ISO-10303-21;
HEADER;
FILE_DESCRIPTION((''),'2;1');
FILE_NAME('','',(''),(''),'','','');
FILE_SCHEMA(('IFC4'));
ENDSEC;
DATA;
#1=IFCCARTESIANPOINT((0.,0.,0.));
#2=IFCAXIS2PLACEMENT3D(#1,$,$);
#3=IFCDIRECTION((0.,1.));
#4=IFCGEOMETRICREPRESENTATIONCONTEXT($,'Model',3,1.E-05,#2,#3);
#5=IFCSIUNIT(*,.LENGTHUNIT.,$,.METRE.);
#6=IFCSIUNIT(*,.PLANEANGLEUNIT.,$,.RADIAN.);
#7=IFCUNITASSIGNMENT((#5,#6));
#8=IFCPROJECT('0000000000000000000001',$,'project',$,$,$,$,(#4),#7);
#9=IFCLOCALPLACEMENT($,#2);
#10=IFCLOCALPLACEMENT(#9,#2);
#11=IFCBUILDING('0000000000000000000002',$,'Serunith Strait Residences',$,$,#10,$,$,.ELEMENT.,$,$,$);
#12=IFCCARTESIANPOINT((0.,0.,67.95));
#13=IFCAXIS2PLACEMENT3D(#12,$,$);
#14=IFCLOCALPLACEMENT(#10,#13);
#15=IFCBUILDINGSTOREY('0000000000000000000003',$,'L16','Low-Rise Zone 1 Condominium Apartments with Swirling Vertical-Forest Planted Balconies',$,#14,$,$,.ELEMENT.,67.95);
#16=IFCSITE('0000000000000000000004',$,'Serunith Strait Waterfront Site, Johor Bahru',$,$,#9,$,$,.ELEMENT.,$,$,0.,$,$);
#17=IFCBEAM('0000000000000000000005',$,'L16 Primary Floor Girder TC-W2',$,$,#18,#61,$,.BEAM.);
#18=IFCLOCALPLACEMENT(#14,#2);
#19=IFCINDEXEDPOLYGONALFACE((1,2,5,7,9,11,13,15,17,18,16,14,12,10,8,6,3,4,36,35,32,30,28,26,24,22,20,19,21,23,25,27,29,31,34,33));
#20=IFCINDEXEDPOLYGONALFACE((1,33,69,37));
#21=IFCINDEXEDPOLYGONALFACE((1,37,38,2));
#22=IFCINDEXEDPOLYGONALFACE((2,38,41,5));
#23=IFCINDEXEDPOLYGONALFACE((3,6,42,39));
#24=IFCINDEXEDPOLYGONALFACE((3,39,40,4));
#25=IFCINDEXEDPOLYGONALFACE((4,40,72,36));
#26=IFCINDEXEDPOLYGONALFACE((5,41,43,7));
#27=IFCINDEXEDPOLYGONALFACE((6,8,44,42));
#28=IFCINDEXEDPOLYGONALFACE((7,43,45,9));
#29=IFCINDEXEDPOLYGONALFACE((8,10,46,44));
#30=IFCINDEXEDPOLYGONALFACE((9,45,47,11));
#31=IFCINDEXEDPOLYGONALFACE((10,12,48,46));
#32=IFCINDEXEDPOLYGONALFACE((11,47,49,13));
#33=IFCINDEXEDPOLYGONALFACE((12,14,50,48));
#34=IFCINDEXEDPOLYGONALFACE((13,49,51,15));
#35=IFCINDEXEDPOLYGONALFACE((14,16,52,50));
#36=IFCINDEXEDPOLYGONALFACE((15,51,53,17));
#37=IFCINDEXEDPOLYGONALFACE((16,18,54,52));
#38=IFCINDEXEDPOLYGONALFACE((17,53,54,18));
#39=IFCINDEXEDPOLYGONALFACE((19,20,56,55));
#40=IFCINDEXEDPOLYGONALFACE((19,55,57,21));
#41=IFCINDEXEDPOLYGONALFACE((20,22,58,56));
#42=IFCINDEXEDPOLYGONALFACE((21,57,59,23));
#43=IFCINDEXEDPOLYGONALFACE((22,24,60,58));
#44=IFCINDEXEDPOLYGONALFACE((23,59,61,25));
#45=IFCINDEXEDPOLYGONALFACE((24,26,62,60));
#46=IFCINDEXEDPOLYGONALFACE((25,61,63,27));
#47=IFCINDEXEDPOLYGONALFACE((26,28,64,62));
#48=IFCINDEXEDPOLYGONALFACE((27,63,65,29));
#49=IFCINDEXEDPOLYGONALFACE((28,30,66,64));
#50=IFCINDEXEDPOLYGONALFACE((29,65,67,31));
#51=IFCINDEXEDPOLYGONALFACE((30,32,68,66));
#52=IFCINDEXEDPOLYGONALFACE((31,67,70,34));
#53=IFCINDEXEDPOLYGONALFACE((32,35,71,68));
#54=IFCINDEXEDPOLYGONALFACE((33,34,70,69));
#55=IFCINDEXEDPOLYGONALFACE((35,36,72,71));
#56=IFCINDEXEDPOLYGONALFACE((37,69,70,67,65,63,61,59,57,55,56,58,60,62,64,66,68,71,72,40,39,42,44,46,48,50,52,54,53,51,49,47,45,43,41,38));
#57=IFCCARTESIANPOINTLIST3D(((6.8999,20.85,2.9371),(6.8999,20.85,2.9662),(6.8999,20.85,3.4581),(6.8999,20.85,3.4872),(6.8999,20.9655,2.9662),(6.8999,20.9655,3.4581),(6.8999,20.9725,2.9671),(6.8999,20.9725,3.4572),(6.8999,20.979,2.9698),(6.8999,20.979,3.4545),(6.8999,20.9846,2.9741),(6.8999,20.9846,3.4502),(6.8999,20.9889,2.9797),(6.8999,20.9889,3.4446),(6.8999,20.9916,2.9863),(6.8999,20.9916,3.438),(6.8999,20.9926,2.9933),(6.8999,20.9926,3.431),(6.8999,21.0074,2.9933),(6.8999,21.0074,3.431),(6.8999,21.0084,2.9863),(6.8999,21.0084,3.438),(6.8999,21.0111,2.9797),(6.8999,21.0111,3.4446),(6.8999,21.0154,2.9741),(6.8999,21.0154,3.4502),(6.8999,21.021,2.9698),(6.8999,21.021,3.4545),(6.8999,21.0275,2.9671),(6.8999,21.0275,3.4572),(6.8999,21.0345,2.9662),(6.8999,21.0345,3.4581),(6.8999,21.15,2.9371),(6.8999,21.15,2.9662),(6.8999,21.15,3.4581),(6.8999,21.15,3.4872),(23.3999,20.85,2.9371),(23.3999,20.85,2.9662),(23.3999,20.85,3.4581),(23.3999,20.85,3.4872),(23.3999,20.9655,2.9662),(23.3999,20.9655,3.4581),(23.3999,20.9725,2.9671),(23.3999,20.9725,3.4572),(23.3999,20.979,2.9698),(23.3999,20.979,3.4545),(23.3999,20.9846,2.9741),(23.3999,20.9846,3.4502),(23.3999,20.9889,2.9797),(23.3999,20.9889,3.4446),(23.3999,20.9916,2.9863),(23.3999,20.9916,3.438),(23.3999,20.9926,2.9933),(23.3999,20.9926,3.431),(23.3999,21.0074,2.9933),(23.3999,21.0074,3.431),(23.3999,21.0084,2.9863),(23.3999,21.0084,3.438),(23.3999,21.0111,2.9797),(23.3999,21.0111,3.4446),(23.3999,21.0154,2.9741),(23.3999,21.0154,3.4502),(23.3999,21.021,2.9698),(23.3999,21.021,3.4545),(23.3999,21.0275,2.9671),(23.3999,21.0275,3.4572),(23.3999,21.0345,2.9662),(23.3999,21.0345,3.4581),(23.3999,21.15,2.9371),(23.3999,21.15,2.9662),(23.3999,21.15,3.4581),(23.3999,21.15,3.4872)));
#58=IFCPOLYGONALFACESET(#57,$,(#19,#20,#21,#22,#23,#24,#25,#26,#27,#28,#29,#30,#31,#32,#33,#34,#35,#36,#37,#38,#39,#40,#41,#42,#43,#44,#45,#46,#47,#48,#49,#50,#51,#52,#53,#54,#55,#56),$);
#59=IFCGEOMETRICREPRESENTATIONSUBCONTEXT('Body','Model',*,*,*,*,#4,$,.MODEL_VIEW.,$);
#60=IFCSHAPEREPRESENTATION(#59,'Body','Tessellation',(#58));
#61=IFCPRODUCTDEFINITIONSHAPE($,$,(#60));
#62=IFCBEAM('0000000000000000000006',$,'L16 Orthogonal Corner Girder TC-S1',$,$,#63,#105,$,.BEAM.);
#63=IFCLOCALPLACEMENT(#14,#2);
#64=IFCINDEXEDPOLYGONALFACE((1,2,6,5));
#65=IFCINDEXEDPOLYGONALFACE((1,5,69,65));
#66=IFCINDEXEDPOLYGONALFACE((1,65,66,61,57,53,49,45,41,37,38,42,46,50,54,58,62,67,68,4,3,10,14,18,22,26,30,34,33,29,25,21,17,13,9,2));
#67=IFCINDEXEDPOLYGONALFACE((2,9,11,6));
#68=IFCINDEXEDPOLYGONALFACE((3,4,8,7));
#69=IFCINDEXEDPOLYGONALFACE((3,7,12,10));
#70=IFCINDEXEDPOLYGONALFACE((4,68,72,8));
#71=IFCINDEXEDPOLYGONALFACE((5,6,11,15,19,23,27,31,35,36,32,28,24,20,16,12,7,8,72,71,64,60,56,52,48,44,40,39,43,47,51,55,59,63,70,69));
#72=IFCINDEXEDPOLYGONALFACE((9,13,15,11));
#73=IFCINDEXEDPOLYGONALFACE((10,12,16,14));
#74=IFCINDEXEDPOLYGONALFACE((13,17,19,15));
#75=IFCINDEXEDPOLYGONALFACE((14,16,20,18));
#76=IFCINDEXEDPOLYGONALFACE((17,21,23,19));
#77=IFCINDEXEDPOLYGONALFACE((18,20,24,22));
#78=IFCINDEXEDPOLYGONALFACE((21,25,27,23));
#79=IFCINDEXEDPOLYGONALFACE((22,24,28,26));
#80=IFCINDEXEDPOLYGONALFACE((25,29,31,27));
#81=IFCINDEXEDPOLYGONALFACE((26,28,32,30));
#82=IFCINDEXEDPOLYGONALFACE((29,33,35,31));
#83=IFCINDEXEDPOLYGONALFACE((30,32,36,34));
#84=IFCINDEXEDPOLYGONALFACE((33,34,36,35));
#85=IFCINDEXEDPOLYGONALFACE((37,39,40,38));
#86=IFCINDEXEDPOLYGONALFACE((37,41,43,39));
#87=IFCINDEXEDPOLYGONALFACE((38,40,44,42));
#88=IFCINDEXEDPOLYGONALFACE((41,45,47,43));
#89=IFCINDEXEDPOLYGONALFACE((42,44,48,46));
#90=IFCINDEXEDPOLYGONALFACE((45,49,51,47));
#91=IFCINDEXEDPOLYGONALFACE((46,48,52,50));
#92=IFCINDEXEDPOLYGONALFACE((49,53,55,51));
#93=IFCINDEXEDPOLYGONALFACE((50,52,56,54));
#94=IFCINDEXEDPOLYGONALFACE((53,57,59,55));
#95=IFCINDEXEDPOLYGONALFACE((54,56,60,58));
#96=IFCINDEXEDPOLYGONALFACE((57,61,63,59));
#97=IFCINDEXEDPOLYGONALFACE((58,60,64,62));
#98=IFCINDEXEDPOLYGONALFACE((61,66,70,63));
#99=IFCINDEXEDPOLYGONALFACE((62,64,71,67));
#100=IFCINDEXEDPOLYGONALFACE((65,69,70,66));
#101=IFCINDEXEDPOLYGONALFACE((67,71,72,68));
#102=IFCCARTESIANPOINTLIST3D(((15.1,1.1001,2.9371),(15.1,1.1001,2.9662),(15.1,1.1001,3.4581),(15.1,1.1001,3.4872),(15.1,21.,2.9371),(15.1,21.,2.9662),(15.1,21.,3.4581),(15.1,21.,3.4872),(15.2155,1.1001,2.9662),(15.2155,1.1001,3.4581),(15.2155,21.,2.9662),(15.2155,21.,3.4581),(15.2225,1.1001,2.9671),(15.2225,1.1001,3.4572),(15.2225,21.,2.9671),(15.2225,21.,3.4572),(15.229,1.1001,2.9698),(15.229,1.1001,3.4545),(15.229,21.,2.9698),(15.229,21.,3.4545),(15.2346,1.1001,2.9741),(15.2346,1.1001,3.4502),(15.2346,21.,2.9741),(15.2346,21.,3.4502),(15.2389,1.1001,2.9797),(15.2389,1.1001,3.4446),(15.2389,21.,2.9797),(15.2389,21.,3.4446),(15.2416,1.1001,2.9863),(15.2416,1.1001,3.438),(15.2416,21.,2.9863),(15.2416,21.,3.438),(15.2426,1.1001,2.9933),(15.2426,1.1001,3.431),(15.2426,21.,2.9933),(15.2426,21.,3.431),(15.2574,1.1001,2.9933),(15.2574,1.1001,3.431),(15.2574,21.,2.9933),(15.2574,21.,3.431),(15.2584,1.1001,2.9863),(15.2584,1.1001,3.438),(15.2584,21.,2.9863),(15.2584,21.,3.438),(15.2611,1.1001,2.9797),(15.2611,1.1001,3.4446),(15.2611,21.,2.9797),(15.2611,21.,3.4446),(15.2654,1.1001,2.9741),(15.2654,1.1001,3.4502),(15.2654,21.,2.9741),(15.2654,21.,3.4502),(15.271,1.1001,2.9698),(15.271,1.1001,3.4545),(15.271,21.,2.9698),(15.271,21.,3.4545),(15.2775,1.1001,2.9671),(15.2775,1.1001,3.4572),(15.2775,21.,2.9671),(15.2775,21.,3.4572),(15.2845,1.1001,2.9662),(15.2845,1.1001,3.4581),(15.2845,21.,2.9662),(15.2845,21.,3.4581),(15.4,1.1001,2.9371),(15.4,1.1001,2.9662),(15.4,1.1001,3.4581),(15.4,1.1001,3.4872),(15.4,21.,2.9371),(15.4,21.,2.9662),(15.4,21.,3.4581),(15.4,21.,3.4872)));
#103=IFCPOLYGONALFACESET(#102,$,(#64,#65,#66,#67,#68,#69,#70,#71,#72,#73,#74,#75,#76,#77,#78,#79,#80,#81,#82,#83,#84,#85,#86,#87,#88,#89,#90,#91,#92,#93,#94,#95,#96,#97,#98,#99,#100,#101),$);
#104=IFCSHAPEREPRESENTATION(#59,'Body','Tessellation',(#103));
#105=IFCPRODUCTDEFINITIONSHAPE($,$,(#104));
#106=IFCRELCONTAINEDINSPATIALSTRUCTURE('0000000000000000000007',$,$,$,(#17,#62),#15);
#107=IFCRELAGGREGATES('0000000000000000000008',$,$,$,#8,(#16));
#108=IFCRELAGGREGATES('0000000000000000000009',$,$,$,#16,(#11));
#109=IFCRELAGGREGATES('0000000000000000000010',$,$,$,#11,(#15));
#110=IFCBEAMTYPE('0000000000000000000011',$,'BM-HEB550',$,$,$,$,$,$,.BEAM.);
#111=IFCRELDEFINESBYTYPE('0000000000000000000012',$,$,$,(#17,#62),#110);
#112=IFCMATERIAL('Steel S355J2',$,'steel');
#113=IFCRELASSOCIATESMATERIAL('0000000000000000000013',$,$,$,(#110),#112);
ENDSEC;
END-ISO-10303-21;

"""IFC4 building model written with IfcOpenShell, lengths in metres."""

from ifc_helpers import new_model, si_unit, direction, frame, origin, origin_2d, place, context, subcontext, project, spatial, i_section, extrude, source, transform, mapped, material, material_profile, profile_set, type_object, element, save


model = new_model("IFC4")

# Units and contexts
model_context = context("Model", 3, precision=1e-05, world=origin(), true_north=direction((0.0, 1.0)))
body_context = subcontext(model_context, "Body", "Model", "MODEL_VIEW")
ifc_project = project(units=[si_unit("LENGTHUNIT", "METRE"), si_unit("PLANEANGLEUNIT", "RADIAN")], contexts=[model_context])

# Site, building, storey
site_placement = place(None, origin())
site = spatial("IfcSite", under=ifc_project, at=site_placement, Name="Serunith Strait Waterfront Site, Johor Bahru", CompositionType="ELEMENT", RefElevation=0.0)
building_placement = place(site_placement, origin())
building = spatial("IfcBuilding", under=site, at=building_placement, Name="Serunith Strait Residences", CompositionType="ELEMENT")
storey_placement = place(building_placement, frame((0.0, 0.0, 67.95)))
storey = spatial("IfcBuildingStorey", under=building, at=storey_placement, Name="L16", Description="Low-Rise Zone 1 Condominium Apartments with Swirling Vertical-Forest Planted Balconies", CompositionType="ELEMENT", Elevation=67.95)

# Beams
ifc_material_1 = material(Name="Steel S355J2", Category="steel")
ifc_material_profile = material_profile(ifc_material_1, i_section(OverallWidth=0.3, OverallDepth=0.55, WebThickness=0.0149, FlangeThickness=0.0291, FilletRadius=0.0271, at=origin_2d()), Name="HEB 550")
ifc_profile_set = profile_set([ifc_material_profile], Name="Steel S355J2")
beam_type = type_object("IfcBeamType", Name="BM-HEB550", PredefinedType="BEAM", material=ifc_profile_set)
shared_shape_1 = source(origin(), body_context, "Body", "SweptSolid", [
    extrude(i_section(OverallWidth=0.3, OverallDepth=0.55, WebThickness=0.0149, FlangeThickness=0.0291, FilletRadius=0.0271, at=origin_2d()), origin(), (0.0, 0.0, 1.0), 16.5),
])
beam_1_placement = place(storey_placement, frame((23.3999, 21.0, 3.2122), z_axis=(-1.0, 0.0, 0.0), x_axis=(0.0, -1.0, 0.0)))
element("IfcBeam", 1, at=beam_1_placement, inside=storey, type_object=beam_type, Name="L16 Primary Floor Girder TC-W2", PredefinedType="BEAM", context=body_context, shape_type="MappedRepresentation", body=[
    mapped(shared_shape_1, transform((0.0, 0.0, 0.0), scale=1.0)),
])
shared_shape_2 = source(origin(), body_context, "Body", "SweptSolid", [
    extrude(i_section(OverallWidth=0.3, OverallDepth=0.55, WebThickness=0.0149, FlangeThickness=0.0291, FilletRadius=0.0271, at=origin_2d()), origin(), (0.0, 0.0, 1.0), 19.8999),
])
beam_2_placement = place(storey_placement, frame((15.25, 21.0, 3.2122), z_axis=(0.0, -1.0, 0.0), x_axis=(1.0, 0.0, 0.0)))
element("IfcBeam", 2, at=beam_2_placement, inside=storey, type_object=beam_type, Name="L16 Orthogonal Corner Girder TC-S1", PredefinedType="BEAM", context=body_context, shape_type="MappedRepresentation", body=[
    mapped(shared_shape_2, transform((0.0, 0.0, 0.0), scale=1.0)),
])

save(model, "model.ifc")
